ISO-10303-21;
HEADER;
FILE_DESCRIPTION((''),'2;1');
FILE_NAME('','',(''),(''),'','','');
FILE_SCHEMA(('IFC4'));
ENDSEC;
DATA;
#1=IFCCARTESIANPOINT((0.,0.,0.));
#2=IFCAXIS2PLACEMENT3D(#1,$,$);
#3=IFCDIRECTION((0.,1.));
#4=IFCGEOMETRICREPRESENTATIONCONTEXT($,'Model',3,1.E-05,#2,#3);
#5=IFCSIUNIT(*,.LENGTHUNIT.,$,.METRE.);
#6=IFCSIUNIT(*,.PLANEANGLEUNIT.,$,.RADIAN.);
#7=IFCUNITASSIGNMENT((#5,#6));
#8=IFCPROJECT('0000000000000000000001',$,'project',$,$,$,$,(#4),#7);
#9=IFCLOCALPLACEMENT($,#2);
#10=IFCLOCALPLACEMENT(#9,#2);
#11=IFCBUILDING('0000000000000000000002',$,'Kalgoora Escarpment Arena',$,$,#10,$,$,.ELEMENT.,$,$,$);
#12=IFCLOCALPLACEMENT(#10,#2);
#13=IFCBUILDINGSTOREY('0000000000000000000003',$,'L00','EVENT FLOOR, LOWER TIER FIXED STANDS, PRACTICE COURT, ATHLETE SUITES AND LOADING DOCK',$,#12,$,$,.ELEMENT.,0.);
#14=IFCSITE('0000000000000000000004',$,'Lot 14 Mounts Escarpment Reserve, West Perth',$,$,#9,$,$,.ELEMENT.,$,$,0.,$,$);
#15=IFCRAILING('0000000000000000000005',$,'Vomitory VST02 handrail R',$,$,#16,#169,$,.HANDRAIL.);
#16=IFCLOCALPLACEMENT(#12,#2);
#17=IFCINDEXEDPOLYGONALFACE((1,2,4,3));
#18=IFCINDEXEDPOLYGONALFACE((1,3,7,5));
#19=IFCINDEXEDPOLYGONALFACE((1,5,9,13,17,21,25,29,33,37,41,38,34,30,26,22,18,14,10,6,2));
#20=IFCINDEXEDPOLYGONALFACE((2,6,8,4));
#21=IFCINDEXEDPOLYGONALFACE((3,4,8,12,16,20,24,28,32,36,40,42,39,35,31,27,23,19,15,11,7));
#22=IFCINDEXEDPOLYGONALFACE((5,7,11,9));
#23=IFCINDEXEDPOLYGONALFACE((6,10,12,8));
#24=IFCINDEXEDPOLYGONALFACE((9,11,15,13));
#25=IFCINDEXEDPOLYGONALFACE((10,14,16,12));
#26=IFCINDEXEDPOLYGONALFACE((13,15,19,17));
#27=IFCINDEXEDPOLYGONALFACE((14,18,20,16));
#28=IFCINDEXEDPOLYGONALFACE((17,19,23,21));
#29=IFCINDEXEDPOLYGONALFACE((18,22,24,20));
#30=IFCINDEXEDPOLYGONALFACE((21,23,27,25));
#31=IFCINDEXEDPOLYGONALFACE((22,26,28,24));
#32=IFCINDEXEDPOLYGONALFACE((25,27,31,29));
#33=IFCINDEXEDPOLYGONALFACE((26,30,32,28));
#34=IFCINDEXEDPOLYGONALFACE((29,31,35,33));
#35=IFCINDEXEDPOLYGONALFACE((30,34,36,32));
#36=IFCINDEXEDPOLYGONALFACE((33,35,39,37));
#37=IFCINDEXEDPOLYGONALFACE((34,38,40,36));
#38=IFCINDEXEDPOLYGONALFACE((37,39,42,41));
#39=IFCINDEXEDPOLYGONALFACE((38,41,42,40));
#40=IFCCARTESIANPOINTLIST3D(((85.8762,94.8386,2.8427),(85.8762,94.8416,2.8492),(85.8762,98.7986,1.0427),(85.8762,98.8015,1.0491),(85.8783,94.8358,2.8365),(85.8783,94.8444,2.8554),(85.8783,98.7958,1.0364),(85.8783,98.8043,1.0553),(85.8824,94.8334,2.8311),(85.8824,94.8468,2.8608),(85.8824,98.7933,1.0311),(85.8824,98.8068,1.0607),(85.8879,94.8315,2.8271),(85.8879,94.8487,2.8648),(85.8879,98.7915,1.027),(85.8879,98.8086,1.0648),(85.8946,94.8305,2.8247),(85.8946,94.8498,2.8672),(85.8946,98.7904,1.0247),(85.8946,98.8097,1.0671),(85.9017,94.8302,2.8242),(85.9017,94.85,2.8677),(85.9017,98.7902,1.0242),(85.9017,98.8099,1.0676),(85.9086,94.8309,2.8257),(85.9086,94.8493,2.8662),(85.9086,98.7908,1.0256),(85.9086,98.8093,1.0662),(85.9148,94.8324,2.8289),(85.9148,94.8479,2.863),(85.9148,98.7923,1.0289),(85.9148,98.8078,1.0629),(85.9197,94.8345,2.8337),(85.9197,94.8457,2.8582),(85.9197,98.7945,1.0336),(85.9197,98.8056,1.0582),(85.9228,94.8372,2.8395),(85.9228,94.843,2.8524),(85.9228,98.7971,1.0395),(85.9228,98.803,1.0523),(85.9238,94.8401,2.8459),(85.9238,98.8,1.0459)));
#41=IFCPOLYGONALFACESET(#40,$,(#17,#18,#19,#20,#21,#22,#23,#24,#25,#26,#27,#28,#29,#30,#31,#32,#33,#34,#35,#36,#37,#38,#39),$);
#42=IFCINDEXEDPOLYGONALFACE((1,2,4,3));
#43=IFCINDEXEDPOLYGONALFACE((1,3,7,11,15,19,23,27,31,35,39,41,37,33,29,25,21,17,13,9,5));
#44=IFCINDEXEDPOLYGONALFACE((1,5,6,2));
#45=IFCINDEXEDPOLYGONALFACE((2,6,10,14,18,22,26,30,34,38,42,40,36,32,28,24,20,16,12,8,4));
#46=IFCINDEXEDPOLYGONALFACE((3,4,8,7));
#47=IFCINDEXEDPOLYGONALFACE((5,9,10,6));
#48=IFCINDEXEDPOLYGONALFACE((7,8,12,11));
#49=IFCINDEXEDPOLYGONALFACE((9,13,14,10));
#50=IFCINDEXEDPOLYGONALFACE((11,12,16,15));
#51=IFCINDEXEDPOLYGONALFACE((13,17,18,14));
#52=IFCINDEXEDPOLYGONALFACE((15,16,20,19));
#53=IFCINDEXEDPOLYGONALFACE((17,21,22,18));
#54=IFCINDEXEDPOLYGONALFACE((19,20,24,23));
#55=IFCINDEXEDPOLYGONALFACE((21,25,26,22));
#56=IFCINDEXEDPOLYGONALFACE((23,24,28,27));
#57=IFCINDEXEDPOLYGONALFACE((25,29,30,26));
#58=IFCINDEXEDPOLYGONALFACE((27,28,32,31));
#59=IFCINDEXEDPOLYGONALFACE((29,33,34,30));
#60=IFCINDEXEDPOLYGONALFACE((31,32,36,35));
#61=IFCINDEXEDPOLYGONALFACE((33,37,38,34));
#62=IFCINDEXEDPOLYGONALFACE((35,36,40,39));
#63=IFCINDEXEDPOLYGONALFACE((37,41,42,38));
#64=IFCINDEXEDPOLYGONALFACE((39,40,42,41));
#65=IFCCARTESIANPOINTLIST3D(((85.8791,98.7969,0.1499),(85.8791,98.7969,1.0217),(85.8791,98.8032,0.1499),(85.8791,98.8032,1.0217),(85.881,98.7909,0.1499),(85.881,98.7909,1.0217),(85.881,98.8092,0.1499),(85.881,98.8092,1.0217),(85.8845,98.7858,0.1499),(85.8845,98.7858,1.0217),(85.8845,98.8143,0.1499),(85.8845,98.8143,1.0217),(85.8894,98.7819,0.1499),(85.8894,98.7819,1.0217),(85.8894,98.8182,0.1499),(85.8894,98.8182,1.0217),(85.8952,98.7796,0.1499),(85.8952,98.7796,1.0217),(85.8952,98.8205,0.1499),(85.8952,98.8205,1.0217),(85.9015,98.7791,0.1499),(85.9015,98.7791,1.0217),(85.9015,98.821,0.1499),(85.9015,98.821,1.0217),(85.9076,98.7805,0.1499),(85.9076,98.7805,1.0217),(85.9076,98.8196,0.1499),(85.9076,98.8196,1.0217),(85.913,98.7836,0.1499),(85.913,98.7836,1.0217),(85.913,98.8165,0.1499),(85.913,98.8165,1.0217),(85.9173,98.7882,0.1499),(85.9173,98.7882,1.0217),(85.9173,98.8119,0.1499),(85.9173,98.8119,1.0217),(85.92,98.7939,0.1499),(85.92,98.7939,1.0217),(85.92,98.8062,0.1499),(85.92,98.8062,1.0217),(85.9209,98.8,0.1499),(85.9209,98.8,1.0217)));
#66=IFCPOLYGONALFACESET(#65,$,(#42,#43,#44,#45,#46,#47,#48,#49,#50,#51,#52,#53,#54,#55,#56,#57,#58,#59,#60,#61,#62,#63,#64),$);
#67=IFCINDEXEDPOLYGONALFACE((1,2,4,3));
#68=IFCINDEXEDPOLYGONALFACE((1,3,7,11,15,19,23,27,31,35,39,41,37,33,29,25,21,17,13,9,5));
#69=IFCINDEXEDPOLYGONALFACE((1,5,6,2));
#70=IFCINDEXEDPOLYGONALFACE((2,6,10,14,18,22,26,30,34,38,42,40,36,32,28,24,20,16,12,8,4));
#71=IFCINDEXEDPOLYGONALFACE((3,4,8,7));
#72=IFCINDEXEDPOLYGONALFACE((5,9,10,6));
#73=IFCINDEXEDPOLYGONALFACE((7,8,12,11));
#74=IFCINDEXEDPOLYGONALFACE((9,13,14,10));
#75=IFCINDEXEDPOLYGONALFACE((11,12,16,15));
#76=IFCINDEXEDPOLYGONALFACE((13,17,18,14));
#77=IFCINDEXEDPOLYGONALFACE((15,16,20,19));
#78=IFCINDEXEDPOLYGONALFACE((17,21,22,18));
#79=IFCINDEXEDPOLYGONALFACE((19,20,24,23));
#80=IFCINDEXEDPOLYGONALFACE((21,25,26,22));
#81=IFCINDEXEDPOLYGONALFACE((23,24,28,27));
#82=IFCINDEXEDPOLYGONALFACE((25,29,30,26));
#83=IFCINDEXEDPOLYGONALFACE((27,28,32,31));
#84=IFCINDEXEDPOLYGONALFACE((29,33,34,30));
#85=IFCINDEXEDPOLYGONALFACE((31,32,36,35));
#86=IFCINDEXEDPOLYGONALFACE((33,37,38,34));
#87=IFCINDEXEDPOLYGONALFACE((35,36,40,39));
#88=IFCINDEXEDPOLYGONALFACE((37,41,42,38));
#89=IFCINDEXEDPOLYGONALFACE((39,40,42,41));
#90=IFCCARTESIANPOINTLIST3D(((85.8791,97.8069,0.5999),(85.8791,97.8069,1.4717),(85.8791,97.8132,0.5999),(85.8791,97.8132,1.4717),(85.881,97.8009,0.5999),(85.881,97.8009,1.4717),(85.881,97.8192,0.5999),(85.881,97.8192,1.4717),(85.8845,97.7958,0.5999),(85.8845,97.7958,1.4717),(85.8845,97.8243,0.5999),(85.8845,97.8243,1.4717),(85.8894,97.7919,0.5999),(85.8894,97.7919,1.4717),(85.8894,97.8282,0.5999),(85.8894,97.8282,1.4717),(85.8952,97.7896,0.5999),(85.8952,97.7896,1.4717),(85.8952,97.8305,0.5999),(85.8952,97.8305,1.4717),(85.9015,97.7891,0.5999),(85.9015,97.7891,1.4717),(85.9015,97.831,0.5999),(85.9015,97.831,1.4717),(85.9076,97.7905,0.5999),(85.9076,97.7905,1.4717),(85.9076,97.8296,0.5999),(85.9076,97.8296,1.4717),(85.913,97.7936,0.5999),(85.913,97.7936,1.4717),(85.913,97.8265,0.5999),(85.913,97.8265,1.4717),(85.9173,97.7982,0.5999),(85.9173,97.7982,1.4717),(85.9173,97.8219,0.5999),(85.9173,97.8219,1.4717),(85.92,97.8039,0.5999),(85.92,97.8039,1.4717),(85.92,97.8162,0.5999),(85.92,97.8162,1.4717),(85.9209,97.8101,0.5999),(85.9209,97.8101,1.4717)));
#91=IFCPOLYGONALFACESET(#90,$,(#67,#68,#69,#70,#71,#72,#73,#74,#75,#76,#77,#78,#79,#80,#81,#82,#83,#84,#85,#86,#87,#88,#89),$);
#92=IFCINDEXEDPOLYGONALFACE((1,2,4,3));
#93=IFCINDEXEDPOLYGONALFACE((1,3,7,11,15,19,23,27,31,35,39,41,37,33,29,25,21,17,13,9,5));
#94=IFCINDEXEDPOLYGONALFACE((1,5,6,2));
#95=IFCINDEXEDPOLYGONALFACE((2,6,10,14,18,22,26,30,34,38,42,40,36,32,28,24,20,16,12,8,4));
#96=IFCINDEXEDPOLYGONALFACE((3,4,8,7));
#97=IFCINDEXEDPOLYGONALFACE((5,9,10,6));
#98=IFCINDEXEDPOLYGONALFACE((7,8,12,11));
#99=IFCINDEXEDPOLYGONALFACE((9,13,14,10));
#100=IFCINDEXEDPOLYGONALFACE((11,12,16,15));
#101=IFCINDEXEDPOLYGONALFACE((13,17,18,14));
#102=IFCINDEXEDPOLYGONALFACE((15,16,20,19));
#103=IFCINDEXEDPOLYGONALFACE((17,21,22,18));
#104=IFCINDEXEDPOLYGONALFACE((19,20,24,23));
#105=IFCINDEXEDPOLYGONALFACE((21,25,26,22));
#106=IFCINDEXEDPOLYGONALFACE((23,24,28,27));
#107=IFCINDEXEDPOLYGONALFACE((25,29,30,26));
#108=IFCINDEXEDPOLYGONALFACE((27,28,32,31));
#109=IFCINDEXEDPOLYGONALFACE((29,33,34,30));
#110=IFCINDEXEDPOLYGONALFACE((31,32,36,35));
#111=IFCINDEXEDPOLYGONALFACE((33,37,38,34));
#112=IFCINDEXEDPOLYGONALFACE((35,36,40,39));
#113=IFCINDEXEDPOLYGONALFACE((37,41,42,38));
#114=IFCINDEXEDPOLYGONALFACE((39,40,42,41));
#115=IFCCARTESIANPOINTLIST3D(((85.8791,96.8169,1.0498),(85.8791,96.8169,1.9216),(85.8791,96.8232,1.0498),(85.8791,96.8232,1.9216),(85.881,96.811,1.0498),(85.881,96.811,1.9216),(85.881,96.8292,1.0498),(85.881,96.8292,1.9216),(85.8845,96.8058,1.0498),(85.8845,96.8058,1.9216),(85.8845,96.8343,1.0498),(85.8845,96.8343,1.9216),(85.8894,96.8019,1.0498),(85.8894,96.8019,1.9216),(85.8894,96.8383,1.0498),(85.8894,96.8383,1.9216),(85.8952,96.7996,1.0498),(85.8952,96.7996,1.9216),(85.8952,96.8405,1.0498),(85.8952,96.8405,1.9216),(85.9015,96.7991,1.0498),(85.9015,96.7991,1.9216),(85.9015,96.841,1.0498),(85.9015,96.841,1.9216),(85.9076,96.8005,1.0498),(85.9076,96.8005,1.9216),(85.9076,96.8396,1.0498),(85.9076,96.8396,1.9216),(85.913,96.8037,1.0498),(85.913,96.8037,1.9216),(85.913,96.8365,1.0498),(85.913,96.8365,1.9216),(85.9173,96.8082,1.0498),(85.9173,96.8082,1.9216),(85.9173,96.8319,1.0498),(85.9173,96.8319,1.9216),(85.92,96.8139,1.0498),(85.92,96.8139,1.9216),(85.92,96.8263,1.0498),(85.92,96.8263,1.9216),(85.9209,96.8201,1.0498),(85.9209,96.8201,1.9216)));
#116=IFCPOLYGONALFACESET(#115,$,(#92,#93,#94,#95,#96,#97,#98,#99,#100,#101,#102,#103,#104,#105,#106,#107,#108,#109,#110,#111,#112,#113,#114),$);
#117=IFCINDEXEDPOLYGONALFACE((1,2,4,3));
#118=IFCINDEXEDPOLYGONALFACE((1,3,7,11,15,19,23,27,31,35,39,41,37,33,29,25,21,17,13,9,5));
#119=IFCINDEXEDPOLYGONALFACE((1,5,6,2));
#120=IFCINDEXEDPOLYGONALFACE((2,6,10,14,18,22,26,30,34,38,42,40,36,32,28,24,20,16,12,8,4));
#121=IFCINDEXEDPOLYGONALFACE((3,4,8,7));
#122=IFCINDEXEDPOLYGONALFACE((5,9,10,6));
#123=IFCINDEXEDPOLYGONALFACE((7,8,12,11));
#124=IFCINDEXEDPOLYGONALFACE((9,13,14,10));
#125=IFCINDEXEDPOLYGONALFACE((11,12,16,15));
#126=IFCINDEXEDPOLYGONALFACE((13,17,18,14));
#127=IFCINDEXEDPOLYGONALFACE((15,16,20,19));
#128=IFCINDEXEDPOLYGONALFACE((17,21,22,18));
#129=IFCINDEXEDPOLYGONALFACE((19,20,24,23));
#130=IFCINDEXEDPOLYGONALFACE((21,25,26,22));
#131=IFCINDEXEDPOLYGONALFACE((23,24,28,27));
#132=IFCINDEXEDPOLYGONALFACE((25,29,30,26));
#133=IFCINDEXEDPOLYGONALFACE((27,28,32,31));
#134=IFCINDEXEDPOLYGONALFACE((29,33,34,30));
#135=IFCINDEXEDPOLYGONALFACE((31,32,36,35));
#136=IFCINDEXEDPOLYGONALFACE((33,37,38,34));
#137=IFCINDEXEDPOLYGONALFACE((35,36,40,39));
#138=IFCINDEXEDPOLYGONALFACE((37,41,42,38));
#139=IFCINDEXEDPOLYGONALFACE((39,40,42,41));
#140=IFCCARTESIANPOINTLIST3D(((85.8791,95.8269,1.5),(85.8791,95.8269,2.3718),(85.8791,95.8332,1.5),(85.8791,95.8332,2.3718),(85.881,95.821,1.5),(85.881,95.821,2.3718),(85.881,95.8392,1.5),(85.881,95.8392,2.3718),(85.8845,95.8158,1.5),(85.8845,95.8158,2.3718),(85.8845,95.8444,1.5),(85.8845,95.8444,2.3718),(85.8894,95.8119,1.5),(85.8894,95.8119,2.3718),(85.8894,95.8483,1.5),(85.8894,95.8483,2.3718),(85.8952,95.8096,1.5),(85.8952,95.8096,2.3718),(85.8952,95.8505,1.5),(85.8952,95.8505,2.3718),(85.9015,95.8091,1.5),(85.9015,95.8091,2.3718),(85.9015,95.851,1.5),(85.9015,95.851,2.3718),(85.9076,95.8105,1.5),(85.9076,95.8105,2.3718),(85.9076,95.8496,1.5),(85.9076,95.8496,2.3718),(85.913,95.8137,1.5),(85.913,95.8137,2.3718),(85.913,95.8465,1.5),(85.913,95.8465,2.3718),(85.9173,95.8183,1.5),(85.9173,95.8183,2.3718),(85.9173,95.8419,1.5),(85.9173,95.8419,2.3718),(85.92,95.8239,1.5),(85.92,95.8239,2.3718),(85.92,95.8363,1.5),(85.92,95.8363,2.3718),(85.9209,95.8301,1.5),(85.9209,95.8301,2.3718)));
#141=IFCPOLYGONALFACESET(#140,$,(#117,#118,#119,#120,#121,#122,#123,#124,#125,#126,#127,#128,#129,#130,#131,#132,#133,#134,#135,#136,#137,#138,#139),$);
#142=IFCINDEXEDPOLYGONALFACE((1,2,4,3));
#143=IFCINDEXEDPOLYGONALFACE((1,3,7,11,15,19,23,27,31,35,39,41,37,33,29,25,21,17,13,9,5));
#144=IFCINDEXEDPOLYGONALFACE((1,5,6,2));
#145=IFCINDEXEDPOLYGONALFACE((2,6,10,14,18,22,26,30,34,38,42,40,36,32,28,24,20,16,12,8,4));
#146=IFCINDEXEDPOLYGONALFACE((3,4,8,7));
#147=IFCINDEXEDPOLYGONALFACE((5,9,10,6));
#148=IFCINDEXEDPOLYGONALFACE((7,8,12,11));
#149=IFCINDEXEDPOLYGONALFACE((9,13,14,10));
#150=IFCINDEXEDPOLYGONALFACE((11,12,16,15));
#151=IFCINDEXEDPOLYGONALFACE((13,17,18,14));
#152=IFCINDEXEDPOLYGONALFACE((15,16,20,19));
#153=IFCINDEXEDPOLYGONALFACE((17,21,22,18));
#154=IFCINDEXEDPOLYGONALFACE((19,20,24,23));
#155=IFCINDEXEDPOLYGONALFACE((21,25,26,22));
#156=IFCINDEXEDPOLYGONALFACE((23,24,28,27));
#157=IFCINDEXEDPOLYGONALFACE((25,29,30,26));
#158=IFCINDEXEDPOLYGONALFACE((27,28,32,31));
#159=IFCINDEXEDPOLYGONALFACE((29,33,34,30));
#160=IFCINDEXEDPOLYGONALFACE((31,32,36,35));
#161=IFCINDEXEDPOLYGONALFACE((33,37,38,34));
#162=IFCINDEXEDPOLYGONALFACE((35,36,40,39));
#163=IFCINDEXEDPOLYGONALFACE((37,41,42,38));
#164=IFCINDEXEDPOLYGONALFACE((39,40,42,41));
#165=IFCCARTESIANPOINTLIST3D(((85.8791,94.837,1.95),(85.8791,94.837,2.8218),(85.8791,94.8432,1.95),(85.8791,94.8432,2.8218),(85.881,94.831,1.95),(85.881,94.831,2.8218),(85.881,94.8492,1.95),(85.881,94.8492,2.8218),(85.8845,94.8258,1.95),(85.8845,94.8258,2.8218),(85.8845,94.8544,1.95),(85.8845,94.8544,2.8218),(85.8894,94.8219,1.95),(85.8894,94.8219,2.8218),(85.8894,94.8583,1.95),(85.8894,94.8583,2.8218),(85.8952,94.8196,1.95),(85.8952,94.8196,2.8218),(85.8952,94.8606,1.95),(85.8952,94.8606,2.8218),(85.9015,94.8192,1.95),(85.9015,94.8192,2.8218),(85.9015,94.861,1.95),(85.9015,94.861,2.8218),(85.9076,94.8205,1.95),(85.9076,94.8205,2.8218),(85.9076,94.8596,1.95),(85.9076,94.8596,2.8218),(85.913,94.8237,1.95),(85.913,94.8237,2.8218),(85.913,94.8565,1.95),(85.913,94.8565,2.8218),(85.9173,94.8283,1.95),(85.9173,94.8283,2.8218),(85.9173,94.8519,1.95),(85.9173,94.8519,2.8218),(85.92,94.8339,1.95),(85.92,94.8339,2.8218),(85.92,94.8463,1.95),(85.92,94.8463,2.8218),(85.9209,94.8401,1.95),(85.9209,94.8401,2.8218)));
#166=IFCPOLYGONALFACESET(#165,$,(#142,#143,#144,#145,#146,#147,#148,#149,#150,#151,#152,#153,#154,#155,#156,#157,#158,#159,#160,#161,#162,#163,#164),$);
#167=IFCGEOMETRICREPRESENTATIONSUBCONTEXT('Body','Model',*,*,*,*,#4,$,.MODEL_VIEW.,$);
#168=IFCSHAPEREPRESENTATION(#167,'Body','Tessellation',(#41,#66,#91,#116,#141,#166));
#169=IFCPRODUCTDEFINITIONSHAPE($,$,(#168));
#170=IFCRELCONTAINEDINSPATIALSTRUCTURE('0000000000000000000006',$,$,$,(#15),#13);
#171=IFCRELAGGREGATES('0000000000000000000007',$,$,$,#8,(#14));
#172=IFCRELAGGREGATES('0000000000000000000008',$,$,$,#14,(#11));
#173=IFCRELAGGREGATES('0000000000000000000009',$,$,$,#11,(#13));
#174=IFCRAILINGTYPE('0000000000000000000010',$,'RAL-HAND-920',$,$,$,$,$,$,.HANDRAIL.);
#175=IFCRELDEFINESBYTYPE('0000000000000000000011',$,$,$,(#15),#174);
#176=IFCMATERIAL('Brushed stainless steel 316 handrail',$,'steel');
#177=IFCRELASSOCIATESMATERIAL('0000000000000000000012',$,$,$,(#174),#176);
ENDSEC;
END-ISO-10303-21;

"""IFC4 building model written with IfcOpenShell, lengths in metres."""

from ifc_helpers import new_model, si_unit, direction, frame, origin, origin_2d, place, context, subcontext, project, spatial, circle, extrude, material, type_object, element, save


model = new_model("IFC4")

# Units and contexts
model_context = context("Model", 3, precision=1e-05, world=origin(), true_north=direction((0.0, 1.0)))
body_context = subcontext(model_context, "Body", "Model", "MODEL_VIEW")
ifc_project = project(units=[si_unit("LENGTHUNIT", "METRE"), si_unit("PLANEANGLEUNIT", "RADIAN")], contexts=[model_context])

# Site, building, storey
site_placement = place(None, origin())
site = spatial("IfcSite", under=ifc_project, at=site_placement, Name="Lot 14 Mounts Escarpment Reserve, West Perth", CompositionType="ELEMENT", RefElevation=0.0)
building_placement = place(site_placement, origin())
building = spatial("IfcBuilding", under=site, at=building_placement, Name="Kalgoora Escarpment Arena", CompositionType="ELEMENT")
storey_placement = place(building_placement, origin())
storey = spatial("IfcBuildingStorey", under=building, at=storey_placement, Name="L00", Description="EVENT FLOOR, LOWER TIER FIXED STANDS, PRACTICE COURT, ATHLETE SUITES AND LOADING DOCK", CompositionType="ELEMENT", Elevation=0.0)

# Railing
ifc_material_1 = material(Name="Brushed stainless steel 316 handrail", Category="steel")
railing_type_1 = type_object("IfcRailingType", Name="RAL-HAND-920", PredefinedType="HANDRAIL", material=ifc_material_1)
for number, where, name in (
    (1, (85.8999, 98.8, 0.1499), "Vomitory VST02 handrail R"),
):
    element("IfcRailing", number, at=place(storey_placement, frame(where)), inside=storey, type_object=railing_type_1, Name=name, PredefinedType="HANDRAIL", context=body_context, shape_type="SweptSolid", body=[
        extrude(circle(Radius=0.0239, at=origin_2d()), frame((0.0, 0.0, 0.896), z_axis=(0.0, -0.910361, 0.413816), x_axis=(1.0, 0.0, 0.0)), (0.0, 0.0, 1.0), 4.3499),
        extrude(circle(Radius=0.021, at=origin_2d()), origin(), (0.0, 0.0, 1.0), 0.8718),
        extrude(circle(Radius=0.021, at=origin_2d()), frame((0.0, -0.99, 0.45)), (0.0, 0.0, 1.0), 0.8718),
        extrude(circle(Radius=0.021, at=origin_2d()), frame((0.0, -1.98, 0.8999)), (0.0, 0.0, 1.0), 0.8718),
        extrude(circle(Radius=0.021, at=origin_2d()), frame((0.0, -2.97, 1.3501)), (0.0, 0.0, 1.0), 0.8718),
        extrude(circle(Radius=0.021, at=origin_2d()), frame((0.0, -3.96, 1.8)), (0.0, 0.0, 1.0), 0.8718),
    ])

save(model, "model.ifc")
